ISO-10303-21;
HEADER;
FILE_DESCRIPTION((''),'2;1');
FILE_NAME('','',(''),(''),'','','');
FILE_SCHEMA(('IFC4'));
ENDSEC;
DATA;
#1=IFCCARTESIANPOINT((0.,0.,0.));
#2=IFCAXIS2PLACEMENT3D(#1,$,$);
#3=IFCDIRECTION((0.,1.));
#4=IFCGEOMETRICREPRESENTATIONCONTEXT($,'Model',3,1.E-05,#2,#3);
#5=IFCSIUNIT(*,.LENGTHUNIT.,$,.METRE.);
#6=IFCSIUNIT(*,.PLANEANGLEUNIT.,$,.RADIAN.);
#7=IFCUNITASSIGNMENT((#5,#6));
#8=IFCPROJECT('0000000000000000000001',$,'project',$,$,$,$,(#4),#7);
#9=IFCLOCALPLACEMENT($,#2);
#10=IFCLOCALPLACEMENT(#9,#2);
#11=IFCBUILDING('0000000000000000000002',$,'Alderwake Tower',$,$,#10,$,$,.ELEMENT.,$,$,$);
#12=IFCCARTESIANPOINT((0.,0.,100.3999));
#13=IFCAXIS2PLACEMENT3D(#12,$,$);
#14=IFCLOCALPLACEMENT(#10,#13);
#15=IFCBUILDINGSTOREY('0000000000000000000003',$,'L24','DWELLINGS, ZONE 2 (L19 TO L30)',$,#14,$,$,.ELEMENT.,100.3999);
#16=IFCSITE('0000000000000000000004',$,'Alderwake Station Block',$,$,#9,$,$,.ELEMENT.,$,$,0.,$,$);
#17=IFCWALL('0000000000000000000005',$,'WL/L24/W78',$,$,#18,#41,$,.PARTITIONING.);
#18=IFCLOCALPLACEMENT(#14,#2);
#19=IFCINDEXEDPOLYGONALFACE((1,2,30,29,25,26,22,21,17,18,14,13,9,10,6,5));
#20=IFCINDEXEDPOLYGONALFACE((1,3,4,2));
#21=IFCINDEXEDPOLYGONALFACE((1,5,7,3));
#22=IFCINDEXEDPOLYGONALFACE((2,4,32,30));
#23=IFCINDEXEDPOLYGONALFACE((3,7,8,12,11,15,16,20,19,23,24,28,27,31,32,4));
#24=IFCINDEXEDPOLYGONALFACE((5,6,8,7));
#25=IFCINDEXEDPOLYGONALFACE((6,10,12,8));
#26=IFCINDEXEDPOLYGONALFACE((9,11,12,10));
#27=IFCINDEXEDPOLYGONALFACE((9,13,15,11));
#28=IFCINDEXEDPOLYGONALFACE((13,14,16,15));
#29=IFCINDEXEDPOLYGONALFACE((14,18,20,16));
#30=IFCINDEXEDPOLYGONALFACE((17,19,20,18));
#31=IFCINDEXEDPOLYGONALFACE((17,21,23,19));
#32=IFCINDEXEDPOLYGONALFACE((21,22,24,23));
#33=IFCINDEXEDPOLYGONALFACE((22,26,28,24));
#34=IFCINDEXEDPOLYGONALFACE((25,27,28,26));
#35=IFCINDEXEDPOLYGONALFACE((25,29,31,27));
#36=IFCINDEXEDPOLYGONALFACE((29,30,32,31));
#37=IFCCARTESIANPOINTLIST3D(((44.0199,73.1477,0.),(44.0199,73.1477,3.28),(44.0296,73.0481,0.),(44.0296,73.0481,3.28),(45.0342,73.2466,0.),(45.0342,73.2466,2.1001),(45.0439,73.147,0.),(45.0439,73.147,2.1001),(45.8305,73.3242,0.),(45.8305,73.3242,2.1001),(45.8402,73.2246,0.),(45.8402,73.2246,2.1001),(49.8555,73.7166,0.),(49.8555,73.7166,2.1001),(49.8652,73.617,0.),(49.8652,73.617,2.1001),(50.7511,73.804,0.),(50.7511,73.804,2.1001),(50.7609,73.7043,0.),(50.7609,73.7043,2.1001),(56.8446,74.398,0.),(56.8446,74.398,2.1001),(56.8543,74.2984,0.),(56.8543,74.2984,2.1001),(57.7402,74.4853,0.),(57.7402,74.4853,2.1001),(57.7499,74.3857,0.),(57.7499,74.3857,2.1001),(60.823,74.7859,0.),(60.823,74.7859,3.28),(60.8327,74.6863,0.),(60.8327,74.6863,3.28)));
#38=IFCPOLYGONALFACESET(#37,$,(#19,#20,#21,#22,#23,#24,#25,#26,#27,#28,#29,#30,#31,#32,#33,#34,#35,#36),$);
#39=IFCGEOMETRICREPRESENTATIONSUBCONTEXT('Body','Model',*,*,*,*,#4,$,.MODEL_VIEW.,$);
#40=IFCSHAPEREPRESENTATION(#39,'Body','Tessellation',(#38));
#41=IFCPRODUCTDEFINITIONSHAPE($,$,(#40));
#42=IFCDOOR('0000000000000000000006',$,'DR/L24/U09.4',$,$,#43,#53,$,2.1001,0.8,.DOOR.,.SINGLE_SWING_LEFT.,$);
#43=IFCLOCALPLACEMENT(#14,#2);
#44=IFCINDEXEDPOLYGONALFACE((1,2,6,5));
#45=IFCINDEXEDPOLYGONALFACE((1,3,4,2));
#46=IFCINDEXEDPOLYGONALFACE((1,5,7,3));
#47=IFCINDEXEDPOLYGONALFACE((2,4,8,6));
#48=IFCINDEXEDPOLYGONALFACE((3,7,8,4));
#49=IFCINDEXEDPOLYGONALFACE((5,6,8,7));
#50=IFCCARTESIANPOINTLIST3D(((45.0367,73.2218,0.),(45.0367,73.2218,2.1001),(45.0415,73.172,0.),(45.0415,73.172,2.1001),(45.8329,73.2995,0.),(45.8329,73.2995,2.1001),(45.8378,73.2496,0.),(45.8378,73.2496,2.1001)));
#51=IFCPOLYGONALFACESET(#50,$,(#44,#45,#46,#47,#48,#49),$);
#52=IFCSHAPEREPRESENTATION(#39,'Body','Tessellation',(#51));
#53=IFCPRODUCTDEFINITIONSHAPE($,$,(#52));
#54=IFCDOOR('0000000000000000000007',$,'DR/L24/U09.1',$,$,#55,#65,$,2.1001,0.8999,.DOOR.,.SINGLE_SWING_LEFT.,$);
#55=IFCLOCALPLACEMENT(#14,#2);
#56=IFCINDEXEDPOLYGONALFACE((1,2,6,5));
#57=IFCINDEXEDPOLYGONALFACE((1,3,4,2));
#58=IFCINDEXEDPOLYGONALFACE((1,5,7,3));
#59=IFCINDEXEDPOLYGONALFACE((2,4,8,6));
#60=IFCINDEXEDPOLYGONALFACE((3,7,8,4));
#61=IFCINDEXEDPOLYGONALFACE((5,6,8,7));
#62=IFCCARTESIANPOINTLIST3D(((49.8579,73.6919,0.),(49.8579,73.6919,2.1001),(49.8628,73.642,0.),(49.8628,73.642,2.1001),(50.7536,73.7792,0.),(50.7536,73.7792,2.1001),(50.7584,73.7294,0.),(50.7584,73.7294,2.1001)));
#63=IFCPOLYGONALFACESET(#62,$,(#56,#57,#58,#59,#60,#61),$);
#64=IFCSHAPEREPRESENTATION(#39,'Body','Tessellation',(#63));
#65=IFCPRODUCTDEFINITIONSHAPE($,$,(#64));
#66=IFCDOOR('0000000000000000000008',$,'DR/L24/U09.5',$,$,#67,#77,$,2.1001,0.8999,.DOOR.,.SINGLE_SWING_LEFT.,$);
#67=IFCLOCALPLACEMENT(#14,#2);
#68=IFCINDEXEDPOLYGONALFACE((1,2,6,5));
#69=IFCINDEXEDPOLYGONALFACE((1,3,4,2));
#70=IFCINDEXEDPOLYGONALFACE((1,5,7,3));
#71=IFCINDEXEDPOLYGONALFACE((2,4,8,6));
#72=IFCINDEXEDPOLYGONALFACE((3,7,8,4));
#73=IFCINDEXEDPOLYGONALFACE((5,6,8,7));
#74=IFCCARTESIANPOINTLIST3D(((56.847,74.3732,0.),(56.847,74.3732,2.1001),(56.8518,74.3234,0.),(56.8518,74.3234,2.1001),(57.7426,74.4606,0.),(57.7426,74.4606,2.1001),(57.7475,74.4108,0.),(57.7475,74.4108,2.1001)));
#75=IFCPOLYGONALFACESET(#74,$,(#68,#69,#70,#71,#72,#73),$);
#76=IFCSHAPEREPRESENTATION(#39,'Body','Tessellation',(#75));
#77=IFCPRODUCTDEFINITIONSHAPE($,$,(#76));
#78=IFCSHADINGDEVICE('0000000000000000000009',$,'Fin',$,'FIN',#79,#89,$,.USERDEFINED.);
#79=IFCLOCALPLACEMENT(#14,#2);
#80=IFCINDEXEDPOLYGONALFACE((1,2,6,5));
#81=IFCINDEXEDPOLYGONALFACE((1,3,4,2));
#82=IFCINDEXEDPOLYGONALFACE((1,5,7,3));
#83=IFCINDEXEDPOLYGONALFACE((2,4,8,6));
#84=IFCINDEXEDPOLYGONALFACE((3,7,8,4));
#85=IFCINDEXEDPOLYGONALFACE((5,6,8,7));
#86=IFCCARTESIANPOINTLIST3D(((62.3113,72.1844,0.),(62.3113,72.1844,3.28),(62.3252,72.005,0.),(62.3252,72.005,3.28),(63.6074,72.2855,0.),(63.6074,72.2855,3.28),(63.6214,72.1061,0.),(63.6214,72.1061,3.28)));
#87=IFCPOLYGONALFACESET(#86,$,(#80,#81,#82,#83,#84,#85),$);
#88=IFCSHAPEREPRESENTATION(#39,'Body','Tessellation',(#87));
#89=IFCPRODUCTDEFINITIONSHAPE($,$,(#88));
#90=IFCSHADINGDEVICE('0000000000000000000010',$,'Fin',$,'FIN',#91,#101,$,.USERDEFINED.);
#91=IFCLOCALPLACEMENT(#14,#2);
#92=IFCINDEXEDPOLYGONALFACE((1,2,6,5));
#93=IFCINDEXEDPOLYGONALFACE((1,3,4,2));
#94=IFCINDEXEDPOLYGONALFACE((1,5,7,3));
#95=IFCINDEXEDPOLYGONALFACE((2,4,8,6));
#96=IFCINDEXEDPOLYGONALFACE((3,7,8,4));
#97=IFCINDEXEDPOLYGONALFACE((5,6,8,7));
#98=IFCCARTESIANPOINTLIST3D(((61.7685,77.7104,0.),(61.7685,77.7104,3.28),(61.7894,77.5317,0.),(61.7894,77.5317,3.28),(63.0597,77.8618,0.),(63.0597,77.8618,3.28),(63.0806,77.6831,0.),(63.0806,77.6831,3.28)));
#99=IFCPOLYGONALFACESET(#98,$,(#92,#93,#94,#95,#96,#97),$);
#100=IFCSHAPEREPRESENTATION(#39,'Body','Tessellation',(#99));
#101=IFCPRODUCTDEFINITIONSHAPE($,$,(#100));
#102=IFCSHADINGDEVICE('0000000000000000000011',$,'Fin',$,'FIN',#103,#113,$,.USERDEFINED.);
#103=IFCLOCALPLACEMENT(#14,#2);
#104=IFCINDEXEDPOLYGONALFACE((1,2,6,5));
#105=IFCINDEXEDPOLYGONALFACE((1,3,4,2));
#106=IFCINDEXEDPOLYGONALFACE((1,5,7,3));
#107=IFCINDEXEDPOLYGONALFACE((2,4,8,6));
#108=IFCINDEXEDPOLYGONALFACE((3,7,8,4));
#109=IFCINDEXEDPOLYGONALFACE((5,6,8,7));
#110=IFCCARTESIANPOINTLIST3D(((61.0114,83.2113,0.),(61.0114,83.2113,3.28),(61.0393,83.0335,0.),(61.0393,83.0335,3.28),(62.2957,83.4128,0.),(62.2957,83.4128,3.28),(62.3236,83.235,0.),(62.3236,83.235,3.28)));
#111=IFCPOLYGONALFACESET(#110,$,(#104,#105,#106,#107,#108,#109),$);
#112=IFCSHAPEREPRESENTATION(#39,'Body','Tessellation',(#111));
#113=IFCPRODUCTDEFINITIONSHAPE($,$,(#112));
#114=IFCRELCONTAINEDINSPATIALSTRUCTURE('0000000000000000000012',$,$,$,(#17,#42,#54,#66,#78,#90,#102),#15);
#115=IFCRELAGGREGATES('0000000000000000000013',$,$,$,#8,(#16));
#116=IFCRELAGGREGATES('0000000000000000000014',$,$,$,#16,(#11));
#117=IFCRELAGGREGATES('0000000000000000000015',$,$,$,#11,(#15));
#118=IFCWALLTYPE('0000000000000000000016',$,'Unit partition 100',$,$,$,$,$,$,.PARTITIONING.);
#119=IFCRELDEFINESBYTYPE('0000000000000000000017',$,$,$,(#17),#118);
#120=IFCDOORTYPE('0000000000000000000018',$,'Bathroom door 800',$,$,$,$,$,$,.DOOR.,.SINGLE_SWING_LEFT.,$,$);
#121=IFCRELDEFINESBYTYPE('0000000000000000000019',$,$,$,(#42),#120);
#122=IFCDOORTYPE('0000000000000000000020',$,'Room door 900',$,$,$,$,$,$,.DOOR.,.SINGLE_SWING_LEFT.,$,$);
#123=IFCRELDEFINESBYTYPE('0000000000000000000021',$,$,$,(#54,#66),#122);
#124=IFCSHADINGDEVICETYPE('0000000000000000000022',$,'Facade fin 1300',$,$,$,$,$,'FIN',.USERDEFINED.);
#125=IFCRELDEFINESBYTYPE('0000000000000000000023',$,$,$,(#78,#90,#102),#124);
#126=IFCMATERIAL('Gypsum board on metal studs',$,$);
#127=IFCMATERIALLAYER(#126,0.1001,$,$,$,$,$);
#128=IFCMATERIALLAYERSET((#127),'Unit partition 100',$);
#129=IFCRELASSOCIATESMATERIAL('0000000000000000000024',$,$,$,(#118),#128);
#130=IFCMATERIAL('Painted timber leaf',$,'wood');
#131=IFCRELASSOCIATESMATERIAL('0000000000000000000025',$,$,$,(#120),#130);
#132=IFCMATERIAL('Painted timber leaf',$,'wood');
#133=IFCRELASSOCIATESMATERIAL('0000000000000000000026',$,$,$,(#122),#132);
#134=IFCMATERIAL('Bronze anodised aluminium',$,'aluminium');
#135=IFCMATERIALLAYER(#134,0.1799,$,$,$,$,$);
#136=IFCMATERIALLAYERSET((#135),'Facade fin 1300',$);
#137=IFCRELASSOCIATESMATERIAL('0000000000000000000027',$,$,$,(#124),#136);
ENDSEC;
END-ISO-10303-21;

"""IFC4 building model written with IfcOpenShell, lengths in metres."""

from ifc_helpers import new_model, si_unit, direction, frame, frame_2d, origin, origin_2d, place, context, subcontext, project, spatial, rectangle, extrude, material, layer, layer_set, type_object, element, fill, save


model = new_model("IFC4")

# Units and contexts
model_context = context("Model", 3, precision=1e-05, world=origin(), true_north=direction((0.0, 1.0)))
body_context = subcontext(model_context, "Body", "Model", "MODEL_VIEW")
ifc_project = project(units=[si_unit("LENGTHUNIT", "METRE"), si_unit("PLANEANGLEUNIT", "RADIAN")], contexts=[model_context])

# Site, building, storey
site_placement = place(None, origin())
site = spatial("IfcSite", under=ifc_project, at=site_placement, Name="Alderwake Station Block", CompositionType="ELEMENT", RefElevation=0.0)
building_placement = place(site_placement, origin())
building = spatial("IfcBuilding", under=site, at=building_placement, Name="Alderwake Tower", CompositionType="ELEMENT")
storey_placement = place(building_placement, frame((0.0, 0.0, 100.3999)))
storey = spatial("IfcBuildingStorey", under=building, at=storey_placement, Name="L24", Description="DWELLINGS, ZONE 2 (L19 TO L30)", CompositionType="ELEMENT", Elevation=100.3999)

# Wall, openings, doors
ifc_material_1 = material(Name="Gypsum board on metal studs")
ifc_layer_1 = layer(ifc_material_1, 0.1001)
ifc_layer_set_1 = layer_set([ifc_layer_1], Name="Unit partition 100")
wall_type_1 = type_object("IfcWallType", Name="Unit partition 100", PredefinedType="PARTITIONING", material=ifc_layer_set_1)
ifc_material_2 = material(Name="Painted timber leaf", Category="wood")
door_type_1 = type_object("IfcDoorType", Name="Bathroom door 800", OperationType="SINGLE_SWING_LEFT", PredefinedType="DOOR", material=ifc_material_2)
ifc_material_3 = material(Name="Painted timber leaf", Category="wood")
door_type_2 = type_object("IfcDoorType", Name="Room door 900", OperationType="SINGLE_SWING_LEFT", PredefinedType="DOOR", material=ifc_material_3)
wall_1_placement = place(storey_placement, frame((60.8279, 74.7361, 0.0), z_axis=(0.0, 0.0, 1.0), x_axis=(-0.995281, -0.097032, 0.0)))
wall_1 = element("IfcWall", 1, at=wall_1_placement, inside=storey, type_object=wall_type_1, Name="WL/L24/W78", PredefinedType="PARTITIONING", context=body_context, shape_type="SweptSolid", body=[
    extrude(rectangle(XDim=16.8828, YDim=0.1001, at=frame_2d((8.4414, 0.0))), origin(), (0.0, 0.0, 1.0), 3.28),
])
opening_1_placement = place(wall_1_placement, frame((10.1196, 0.0, 0.0)))
opening_1 = element("IfcOpeningElement", 2, at=opening_1_placement, cuts=wall_1, PredefinedType="OPENING", context=body_context, shape_type="SweptSolid", body=[
    extrude(rectangle(XDim=0.8999, YDim=2.1001, at=frame_2d((0.45, 1.05))), frame((0.0, 0.0601, 0.0), z_axis=(0.0, -1.0, 0.0), x_axis=(1.0, 0.0, 0.0)), (0.0, 0.0, 1.0), 0.1201),
])
opening_2_placement = place(wall_1_placement, frame((15.0637, 0.0, 0.0)))
opening_2 = element("IfcOpeningElement", 3, at=opening_2_placement, cuts=wall_1, PredefinedType="OPENING", context=body_context, shape_type="SweptSolid", body=[
    extrude(rectangle(XDim=0.8, YDim=2.1001, at=frame_2d((0.3999, 1.05))), frame((0.0, 0.0601, 0.0), z_axis=(0.0, -1.0, 0.0), x_axis=(1.0, 0.0, 0.0)), (0.0, 0.0, 1.0), 0.1201),
])
opening_3_placement = place(wall_1_placement, frame((3.0974, 0.0, 0.0)))
opening_3 = element("IfcOpeningElement", 4, at=opening_3_placement, cuts=wall_1, PredefinedType="OPENING", context=body_context, shape_type="SweptSolid", body=[
    extrude(rectangle(XDim=0.8999, YDim=2.1001, at=frame_2d((0.45, 1.05))), frame((0.0, 0.0601, 0.0), z_axis=(0.0, -1.0, 0.0), x_axis=(1.0, 0.0, 0.0)), (0.0, 0.0, 1.0), 0.1201),
])
door_1_placement = place(opening_2_placement, origin())
door_1 = element("IfcDoor", 5, at=door_1_placement, inside=storey, type_object=door_type_1, Name="DR/L24/U09.4", OperationType="SINGLE_SWING_LEFT", OverallHeight=2.1001, OverallWidth=0.8, PredefinedType="DOOR", context=body_context, shape_type="SweptSolid", body=[
    extrude(rectangle(XDim=0.8, YDim=2.1001, at=frame_2d((0.3999, 1.05))), frame((0.0, 0.0249, 0.0), z_axis=(0.0, -1.0, 0.0), x_axis=(1.0, 0.0, 0.0)), (0.0, 0.0, 1.0), 0.05),
])
fill(opening_2, door_1)
door_2_placement = place(opening_1_placement, origin())
door_2 = element("IfcDoor", 6, at=door_2_placement, inside=storey, type_object=door_type_2, Name="DR/L24/U09.1", OperationType="SINGLE_SWING_LEFT", OverallHeight=2.1001, OverallWidth=0.8999, PredefinedType="DOOR", context=body_context, shape_type="SweptSolid", body=[
    extrude(rectangle(XDim=0.8999, YDim=2.1001, at=frame_2d((0.45, 1.05))), frame((0.0, 0.0249, 0.0), z_axis=(0.0, -1.0, 0.0), x_axis=(1.0, 0.0, 0.0)), (0.0, 0.0, 1.0), 0.05),
])
fill(opening_1, door_2)
door_3_placement = place(opening_3_placement, origin())
door_3 = element("IfcDoor", 7, at=door_3_placement, inside=storey, type_object=door_type_2, Name="DR/L24/U09.5", OperationType="SINGLE_SWING_LEFT", OverallHeight=2.1001, OverallWidth=0.8999, PredefinedType="DOOR", context=body_context, shape_type="SweptSolid", body=[
    extrude(rectangle(XDim=0.8999, YDim=2.1001, at=frame_2d((0.45, 1.05))), frame((0.0, 0.0249, 0.0), z_axis=(0.0, -1.0, 0.0), x_axis=(1.0, 0.0, 0.0)), (0.0, 0.0, 1.0), 0.05),
])
fill(opening_3, door_3)

# Shading devices
ifc_material_4 = material(Name="Bronze anodised aluminium", Category="aluminium")
ifc_layer_2 = layer(ifc_material_4, 0.1799)
ifc_layer_set_2 = layer_set([ifc_layer_2], Name="Facade fin 1300")
shading_device_type = type_object("IfcShadingDeviceType", Name="Facade fin 1300", ElementType="FIN", PredefinedType="USERDEFINED", material=ifc_layer_set_2)
for number, where, z_axis, x_axis, name in (
    (8, (62.9663, 72.1453, 0.0), (0.0, 0.0, 1.0), (0.996975, 0.077721, 0.0), "Fin"),
    (9, (62.4246, 77.6968, 0.0), (0.0, 0.0, 1.0), (0.993198, 0.116435, 0.0), "Fin"),
    (10, (61.6675, 83.2231, 0.0), (0.0, 0.0, 1.0), (0.987919, 0.154972, 0.0), "Fin"),
):
    element("IfcShadingDevice", number, at=place(storey_placement, frame(where, z_axis=z_axis, x_axis=x_axis)), inside=storey, type_object=shading_device_type, Name=name, ObjectType="FIN", PredefinedType="USERDEFINED", context=body_context, shape_type="SweptSolid", body=[
        extrude(rectangle(XDim=1.3, YDim=0.1799, at=origin_2d()), origin(), (0.0, 0.0, 1.0), 3.28),
    ])

save(model, "model.ifc")
